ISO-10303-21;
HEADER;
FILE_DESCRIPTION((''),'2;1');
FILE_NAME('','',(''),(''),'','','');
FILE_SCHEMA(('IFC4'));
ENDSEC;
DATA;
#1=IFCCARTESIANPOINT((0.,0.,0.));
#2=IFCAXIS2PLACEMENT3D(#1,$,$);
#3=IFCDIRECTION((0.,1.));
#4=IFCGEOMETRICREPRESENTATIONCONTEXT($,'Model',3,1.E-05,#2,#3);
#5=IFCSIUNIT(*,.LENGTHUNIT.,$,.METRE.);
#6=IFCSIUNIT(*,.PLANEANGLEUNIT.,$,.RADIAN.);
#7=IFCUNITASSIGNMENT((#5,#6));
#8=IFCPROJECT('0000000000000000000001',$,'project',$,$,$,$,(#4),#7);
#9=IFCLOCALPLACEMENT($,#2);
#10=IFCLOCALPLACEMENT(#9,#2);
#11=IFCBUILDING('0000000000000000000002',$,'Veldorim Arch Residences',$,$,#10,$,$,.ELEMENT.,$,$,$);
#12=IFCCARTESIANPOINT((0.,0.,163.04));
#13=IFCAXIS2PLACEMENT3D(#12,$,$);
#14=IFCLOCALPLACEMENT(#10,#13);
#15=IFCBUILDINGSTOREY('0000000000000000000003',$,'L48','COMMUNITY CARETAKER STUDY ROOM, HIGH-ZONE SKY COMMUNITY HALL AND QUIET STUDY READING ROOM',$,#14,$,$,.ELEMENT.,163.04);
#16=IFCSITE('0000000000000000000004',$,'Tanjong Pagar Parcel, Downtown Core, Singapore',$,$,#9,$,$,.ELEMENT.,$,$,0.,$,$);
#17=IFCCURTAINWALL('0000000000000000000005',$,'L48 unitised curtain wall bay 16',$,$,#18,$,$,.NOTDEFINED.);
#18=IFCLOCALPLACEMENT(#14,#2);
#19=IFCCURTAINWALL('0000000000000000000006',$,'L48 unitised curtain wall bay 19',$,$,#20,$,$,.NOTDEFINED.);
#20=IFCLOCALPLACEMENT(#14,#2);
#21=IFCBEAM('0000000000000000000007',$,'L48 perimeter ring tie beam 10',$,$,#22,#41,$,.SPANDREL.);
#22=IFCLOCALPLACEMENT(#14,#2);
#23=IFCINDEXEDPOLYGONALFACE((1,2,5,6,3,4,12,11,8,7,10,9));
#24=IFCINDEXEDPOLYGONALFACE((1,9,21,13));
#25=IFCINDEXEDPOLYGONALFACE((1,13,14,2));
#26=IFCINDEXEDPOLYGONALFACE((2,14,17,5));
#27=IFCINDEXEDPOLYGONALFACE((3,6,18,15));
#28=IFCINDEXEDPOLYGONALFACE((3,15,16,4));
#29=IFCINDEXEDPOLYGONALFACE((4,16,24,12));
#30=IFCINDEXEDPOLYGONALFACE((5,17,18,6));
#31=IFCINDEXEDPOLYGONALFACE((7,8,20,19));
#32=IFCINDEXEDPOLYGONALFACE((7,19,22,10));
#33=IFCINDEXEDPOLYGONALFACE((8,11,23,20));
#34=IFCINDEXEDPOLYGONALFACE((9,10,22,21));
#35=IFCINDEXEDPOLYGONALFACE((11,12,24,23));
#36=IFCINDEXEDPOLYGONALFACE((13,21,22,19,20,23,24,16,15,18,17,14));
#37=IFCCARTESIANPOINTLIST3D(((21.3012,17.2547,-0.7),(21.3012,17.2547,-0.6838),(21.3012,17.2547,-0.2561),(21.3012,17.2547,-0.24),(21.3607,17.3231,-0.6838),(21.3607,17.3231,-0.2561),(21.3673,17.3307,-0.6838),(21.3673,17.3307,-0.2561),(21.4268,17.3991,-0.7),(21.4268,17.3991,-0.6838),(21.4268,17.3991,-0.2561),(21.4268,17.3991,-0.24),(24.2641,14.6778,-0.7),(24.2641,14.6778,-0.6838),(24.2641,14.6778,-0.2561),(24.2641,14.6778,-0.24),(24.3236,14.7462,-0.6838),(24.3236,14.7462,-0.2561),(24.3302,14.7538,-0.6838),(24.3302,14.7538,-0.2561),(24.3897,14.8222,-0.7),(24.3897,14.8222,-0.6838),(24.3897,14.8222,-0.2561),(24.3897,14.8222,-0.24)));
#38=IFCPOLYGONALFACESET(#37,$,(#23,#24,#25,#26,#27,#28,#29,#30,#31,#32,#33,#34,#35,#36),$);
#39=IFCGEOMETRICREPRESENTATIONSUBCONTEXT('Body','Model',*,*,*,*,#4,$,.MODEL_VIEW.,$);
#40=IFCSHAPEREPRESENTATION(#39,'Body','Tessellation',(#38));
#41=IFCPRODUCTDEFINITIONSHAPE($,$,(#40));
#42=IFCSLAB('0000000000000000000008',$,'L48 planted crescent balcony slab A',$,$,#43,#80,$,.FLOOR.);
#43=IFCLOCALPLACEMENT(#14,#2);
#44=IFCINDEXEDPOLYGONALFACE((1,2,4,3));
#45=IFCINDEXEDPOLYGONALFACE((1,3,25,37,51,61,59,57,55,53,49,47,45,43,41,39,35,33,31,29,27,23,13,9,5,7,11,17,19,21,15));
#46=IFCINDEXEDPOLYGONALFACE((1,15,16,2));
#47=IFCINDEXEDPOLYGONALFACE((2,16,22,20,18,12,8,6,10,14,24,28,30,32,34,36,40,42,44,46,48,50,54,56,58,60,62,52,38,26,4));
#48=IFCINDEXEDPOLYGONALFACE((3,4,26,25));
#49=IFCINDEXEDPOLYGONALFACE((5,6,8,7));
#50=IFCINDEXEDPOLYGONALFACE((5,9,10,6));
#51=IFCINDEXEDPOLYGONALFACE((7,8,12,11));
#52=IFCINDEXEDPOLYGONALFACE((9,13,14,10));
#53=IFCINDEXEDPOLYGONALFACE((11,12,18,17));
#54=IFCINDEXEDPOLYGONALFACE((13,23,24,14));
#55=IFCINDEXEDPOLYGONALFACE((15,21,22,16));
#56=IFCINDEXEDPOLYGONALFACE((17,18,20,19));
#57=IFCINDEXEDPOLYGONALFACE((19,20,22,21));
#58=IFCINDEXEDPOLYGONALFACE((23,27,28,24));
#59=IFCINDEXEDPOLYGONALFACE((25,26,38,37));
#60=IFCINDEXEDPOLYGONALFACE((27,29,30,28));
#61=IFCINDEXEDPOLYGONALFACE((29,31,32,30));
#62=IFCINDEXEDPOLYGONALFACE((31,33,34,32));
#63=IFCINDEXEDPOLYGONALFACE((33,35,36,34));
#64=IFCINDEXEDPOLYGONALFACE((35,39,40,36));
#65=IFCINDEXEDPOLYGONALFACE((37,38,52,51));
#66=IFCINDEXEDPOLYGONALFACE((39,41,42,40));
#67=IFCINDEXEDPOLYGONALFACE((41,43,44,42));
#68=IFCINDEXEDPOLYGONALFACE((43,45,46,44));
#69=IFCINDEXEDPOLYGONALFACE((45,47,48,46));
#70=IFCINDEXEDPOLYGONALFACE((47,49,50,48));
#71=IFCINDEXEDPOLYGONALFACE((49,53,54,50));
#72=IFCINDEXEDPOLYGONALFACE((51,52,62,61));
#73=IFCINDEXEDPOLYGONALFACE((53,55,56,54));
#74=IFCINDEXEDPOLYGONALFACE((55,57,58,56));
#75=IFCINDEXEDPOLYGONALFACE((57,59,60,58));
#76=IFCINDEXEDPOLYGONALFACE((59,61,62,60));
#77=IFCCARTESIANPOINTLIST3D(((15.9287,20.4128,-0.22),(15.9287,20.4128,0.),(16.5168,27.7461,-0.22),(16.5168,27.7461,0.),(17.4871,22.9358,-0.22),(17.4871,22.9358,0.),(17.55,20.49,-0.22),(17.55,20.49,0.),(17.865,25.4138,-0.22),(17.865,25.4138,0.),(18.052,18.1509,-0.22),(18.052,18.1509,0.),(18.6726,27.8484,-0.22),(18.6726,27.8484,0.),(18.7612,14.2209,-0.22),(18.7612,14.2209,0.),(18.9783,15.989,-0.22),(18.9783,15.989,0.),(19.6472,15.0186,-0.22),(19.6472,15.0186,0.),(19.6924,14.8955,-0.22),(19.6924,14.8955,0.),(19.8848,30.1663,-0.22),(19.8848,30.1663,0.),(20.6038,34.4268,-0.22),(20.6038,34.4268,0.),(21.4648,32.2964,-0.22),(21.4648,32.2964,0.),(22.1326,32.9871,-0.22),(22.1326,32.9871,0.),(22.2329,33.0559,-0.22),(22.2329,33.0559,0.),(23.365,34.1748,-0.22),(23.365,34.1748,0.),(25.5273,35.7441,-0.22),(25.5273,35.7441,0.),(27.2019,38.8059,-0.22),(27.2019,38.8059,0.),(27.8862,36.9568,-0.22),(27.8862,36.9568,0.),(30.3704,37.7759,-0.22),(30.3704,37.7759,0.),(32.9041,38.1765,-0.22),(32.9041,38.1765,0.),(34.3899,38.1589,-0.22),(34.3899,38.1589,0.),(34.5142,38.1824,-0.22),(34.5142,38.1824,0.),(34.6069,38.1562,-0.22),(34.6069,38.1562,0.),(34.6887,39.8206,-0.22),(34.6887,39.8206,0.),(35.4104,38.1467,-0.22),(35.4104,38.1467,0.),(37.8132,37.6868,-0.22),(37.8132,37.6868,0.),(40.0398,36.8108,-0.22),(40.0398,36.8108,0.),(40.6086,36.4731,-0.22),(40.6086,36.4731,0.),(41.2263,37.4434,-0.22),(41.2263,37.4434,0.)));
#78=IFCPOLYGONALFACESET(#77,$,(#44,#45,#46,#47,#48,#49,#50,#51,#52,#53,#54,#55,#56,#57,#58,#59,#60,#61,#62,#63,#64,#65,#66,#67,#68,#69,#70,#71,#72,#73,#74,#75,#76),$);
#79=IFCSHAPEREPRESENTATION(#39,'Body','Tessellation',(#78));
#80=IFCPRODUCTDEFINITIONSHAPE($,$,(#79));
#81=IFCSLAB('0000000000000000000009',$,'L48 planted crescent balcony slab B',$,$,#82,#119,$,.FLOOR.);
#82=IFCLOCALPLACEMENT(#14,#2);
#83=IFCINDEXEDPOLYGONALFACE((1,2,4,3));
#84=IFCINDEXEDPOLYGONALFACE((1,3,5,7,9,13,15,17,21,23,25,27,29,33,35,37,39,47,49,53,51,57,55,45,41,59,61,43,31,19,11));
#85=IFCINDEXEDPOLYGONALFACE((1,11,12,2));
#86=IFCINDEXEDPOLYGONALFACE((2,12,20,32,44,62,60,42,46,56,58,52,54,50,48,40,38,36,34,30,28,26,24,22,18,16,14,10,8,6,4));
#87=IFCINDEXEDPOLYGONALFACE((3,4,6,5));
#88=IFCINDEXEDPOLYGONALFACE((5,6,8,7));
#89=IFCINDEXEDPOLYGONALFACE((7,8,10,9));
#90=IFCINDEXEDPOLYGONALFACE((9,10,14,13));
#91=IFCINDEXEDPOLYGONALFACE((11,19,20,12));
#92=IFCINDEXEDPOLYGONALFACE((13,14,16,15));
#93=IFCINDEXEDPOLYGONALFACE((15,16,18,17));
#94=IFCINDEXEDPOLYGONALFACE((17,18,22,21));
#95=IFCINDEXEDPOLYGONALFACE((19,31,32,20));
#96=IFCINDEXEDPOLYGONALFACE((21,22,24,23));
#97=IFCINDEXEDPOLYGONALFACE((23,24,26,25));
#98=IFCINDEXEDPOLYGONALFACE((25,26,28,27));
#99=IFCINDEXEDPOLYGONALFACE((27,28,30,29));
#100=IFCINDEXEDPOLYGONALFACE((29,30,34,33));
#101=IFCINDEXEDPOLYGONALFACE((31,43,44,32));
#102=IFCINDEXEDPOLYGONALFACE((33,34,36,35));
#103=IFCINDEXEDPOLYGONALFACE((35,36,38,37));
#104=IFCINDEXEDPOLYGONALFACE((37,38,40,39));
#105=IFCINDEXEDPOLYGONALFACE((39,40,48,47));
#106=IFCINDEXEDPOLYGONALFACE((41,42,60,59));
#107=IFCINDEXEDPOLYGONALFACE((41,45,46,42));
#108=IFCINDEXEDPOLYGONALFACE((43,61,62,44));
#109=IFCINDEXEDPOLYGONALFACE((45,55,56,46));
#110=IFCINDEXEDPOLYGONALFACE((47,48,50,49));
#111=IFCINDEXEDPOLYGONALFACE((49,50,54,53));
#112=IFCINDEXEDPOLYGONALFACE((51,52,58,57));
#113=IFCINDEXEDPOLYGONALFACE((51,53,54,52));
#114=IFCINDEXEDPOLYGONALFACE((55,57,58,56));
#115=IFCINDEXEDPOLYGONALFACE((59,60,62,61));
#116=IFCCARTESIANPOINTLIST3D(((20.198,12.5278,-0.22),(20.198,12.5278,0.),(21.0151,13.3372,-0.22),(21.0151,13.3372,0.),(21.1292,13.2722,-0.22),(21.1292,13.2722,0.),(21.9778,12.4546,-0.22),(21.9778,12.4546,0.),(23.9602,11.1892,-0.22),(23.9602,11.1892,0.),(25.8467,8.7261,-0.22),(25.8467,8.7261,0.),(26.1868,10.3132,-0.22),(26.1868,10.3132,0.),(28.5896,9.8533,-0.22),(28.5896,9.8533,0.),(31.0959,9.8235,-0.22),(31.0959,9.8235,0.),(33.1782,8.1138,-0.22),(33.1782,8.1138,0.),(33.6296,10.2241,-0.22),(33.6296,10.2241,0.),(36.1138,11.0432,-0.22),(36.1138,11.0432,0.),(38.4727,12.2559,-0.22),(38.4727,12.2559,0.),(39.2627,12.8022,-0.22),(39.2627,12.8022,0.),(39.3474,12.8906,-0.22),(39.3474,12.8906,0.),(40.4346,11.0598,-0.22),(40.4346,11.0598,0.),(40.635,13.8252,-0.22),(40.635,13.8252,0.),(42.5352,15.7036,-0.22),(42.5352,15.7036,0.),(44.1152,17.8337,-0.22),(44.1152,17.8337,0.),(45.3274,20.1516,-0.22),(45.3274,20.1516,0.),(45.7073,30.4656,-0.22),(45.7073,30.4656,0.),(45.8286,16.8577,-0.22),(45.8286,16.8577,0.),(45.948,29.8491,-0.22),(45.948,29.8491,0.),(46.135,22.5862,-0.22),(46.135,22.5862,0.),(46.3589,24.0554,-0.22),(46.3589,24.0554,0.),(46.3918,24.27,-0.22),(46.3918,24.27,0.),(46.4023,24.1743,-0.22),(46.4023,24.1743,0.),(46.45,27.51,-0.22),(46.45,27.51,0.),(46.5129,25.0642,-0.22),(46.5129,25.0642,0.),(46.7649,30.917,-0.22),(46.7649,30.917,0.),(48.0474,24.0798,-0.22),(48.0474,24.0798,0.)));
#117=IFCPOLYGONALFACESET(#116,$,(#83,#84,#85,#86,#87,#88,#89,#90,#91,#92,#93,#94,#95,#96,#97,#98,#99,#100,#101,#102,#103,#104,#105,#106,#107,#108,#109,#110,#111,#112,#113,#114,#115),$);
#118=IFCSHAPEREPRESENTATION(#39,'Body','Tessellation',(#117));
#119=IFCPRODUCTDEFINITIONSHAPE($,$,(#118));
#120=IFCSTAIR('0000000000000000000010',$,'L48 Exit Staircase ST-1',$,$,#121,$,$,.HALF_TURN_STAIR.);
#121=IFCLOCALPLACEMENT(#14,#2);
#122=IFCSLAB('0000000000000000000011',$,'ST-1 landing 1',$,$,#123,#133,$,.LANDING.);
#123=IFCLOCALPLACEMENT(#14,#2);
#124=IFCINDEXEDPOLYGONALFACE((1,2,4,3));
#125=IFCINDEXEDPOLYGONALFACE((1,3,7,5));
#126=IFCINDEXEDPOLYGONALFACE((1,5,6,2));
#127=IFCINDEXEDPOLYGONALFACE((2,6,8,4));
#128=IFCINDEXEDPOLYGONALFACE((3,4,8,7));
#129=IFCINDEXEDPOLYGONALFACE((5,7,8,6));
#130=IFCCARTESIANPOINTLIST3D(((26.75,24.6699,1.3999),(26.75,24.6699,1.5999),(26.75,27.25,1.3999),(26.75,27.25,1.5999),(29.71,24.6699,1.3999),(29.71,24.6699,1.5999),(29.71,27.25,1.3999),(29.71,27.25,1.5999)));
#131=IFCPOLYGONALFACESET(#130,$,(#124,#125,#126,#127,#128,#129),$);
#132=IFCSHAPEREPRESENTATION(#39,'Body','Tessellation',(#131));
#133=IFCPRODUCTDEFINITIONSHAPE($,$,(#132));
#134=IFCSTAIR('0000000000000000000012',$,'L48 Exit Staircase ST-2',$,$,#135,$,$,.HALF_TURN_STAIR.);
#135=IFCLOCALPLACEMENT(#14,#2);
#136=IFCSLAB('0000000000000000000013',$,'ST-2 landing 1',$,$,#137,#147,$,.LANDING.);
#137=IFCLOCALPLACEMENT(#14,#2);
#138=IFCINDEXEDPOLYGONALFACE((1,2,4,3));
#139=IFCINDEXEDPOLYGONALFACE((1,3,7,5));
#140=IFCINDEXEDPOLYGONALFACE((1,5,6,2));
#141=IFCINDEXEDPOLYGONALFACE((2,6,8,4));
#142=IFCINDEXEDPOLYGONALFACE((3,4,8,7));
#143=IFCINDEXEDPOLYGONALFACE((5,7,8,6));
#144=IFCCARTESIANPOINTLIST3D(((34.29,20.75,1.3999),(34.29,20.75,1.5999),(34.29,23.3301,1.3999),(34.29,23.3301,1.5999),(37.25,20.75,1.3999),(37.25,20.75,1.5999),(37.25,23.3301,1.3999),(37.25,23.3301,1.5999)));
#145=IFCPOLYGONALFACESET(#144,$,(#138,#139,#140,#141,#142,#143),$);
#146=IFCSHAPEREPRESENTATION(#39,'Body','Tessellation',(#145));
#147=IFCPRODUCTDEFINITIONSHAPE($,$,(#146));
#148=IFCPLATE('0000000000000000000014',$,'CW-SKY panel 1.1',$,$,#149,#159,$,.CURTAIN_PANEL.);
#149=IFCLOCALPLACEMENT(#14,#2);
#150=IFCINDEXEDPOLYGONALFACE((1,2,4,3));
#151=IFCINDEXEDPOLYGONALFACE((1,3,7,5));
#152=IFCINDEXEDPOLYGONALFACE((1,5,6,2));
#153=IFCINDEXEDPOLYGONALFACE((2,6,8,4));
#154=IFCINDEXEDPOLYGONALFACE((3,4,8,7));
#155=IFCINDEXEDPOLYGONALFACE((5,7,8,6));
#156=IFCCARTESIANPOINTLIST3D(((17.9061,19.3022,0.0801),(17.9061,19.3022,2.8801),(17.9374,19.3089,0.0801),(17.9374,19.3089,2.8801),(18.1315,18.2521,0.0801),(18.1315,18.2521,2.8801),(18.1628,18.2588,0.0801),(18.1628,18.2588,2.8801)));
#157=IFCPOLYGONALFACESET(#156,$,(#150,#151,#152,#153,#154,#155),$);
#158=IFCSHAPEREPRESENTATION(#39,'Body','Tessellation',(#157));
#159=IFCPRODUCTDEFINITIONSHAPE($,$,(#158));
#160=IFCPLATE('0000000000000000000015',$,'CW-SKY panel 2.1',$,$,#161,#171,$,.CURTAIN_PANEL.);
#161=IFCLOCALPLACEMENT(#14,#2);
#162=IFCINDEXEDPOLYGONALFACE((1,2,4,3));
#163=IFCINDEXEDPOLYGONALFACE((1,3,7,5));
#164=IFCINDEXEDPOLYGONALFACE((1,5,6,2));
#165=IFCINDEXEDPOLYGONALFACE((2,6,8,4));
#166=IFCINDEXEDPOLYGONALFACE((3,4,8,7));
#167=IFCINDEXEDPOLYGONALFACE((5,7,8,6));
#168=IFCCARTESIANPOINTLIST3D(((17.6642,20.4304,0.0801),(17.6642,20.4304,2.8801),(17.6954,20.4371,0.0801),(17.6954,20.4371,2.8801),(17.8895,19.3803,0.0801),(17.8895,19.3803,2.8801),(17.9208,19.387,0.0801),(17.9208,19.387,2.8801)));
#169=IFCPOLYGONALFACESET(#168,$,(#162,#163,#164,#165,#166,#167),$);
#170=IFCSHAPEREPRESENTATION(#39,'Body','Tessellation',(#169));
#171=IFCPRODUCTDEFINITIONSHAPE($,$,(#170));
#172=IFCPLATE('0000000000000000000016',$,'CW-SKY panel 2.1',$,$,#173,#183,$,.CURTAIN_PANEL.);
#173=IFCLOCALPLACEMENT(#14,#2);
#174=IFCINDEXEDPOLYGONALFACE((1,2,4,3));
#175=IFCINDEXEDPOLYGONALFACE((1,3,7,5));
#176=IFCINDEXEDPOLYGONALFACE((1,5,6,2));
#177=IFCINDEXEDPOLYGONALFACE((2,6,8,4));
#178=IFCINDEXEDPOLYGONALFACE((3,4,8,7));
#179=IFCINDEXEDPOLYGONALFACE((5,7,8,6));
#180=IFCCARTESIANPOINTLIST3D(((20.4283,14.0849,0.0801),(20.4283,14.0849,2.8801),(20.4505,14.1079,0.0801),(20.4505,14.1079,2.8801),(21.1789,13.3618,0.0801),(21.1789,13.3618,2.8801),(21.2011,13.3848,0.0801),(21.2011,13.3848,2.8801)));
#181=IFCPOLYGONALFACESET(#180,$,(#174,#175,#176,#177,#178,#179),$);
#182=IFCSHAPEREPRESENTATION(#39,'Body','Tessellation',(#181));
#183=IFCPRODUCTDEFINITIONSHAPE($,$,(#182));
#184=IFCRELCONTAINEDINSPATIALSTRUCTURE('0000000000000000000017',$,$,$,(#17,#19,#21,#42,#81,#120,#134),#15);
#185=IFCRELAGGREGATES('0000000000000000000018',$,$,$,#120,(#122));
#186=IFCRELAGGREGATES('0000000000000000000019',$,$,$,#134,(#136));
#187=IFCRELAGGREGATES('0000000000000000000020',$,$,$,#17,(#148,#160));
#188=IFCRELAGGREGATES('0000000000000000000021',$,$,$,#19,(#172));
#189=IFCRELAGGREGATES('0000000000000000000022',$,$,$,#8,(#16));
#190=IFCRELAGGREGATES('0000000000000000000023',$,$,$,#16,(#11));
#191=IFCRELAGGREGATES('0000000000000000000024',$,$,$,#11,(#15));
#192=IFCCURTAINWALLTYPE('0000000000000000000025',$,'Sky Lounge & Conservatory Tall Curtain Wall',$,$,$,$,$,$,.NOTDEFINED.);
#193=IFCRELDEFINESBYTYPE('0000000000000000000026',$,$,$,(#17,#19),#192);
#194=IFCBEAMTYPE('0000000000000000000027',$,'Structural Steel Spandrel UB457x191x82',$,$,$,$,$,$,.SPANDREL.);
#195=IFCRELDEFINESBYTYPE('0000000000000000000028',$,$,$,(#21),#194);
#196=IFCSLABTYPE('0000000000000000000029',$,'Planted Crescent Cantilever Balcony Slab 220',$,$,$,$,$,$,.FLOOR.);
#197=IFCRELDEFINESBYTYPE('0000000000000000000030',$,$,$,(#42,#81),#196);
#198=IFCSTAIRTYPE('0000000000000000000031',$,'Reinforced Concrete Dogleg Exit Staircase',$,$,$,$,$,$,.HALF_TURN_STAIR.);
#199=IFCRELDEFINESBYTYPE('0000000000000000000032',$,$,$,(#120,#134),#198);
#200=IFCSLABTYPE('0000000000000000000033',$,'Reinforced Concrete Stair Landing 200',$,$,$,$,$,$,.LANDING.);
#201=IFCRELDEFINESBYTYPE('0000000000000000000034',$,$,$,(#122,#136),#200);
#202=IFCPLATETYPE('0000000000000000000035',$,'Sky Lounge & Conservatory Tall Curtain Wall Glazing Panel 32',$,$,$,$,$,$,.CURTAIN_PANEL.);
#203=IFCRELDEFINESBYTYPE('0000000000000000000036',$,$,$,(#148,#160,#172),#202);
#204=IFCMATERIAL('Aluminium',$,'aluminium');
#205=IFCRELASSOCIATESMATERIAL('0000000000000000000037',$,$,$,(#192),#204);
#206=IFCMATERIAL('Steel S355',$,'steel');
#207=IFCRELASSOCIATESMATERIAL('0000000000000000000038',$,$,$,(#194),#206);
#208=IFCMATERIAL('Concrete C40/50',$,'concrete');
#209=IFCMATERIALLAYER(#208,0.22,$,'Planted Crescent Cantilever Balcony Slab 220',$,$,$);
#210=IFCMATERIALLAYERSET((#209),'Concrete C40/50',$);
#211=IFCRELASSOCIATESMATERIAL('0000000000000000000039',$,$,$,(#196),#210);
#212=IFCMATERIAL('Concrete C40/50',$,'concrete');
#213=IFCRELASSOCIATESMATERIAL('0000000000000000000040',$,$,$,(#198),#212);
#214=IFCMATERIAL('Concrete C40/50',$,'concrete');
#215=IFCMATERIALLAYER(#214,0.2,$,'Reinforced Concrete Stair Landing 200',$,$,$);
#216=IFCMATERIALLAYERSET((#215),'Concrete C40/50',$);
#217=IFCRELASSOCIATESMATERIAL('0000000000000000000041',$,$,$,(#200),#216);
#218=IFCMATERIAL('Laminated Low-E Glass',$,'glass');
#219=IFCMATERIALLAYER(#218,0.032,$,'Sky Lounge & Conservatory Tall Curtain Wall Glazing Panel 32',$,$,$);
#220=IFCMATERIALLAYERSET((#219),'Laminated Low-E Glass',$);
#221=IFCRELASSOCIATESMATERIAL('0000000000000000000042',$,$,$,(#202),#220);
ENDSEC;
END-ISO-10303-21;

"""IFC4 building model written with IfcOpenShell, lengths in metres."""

from ifc_helpers import new_model, si_unit, direction, frame, origin, origin_2d, place, context, subcontext, project, spatial, polyline, rectangle, i_section, outline, extrude, material, layer, layer_set, material_profile, profile_set, type_object, element, aggregate, save


model = new_model("IFC4")

# Units and contexts
model_context = context("Model", 3, precision=1e-05, world=origin(), true_north=direction((0.0, 1.0)))
body_context = subcontext(model_context, "Body", "Model", "MODEL_VIEW")
ifc_project = project(units=[si_unit("LENGTHUNIT", "METRE"), si_unit("PLANEANGLEUNIT", "RADIAN")], contexts=[model_context])

# Site, building, storey
site_placement = place(None, origin())
site = spatial("IfcSite", under=ifc_project, at=site_placement, Name="Tanjong Pagar Parcel, Downtown Core, Singapore", CompositionType="ELEMENT", RefElevation=0.0)
building_placement = place(site_placement, origin())
building = spatial("IfcBuilding", under=site, at=building_placement, Name="Veldorim Arch Residences", CompositionType="ELEMENT")
storey_placement = place(building_placement, frame((0.0, 0.0, 163.04)))
storey = spatial("IfcBuildingStorey", under=building, at=storey_placement, Name="L48", Description="COMMUNITY CARETAKER STUDY ROOM, HIGH-ZONE SKY COMMUNITY HALL AND QUIET STUDY READING ROOM", CompositionType="ELEMENT", Elevation=163.04)

# Curtain walls
ifc_material_1 = material(Name="Aluminium", Category="aluminium")
curtain_wall_type = type_object("IfcCurtainWallType", Name="Sky Lounge & Conservatory Tall Curtain Wall", PredefinedType="NOTDEFINED", material=ifc_material_1)
curtain_wall_1_placement = place(storey_placement, origin())
curtain_wall_1 = element("IfcCurtainWall", 1, at=curtain_wall_1_placement, inside=storey, type_object=curtain_wall_type, Name="L48 unitised curtain wall bay 16", PredefinedType="NOTDEFINED")
curtain_wall_2_placement = place(storey_placement, origin())
curtain_wall_2 = element("IfcCurtainWall", 2, at=curtain_wall_2_placement, inside=storey, type_object=curtain_wall_type, Name="L48 unitised curtain wall bay 19", PredefinedType="NOTDEFINED")

# Beam
ifc_material_2 = material(Name="Steel S355", Category="steel")
ifc_material_profile_1 = material_profile(ifc_material_2, i_section(OverallWidth=0.1914, OverallDepth=0.46, WebThickness=0.01, FlangeThickness=0.0161, at=origin_2d()), Name="UB457x191x82")
ifc_profile_set_1 = profile_set([ifc_material_profile_1], Name="Steel S355")
beam_type = type_object("IfcBeamType", Name="Structural Steel Spandrel UB457x191x82", PredefinedType="SPANDREL", material=ifc_profile_set_1)
beam_placement = place(storey_placement, frame((21.364, 17.3269, -0.47), z_axis=(0.754545, -0.656248, 0.0), x_axis=(0.656248, 0.754545, 0.0)))
element("IfcBeam", 3, at=beam_placement, inside=storey, type_object=beam_type, Name="L48 perimeter ring tie beam 10", PredefinedType="SPANDREL", context=body_context, shape_type="SweptSolid", body=[
    extrude(i_section(OverallWidth=0.1914, OverallDepth=0.46, WebThickness=0.01, FlangeThickness=0.0161, at=origin_2d()), origin(), (0.0, 0.0, 1.0), 3.9268),
])

# Slabs
ifc_material_3 = material(Name="Concrete C40/50", Category="concrete")
ifc_layer_1 = layer(ifc_material_3, 0.22, Name="Planted Crescent Cantilever Balcony Slab 220")
ifc_layer_set_1 = layer_set([ifc_layer_1], Name="Concrete C40/50")
slab_type_1 = type_object("IfcSlabType", Name="Planted Crescent Cantilever Balcony Slab 220", PredefinedType="FLOOR", material=ifc_layer_set_1)
slab_1_placement = place(storey_placement, frame((0.0, 0.0, -0.22)))
element("IfcSlab", 4, at=slab_1_placement, inside=storey, type_object=slab_type_1, Name="L48 planted crescent balcony slab A", PredefinedType="FLOOR", context=body_context, shape_type="SweptSolid", body=[
    extrude(outline(polyline([(40.6086, 36.4731), (40.0398, 36.8108), (37.8132, 37.6868), (35.4104, 38.1467), (34.6069, 38.1562), (34.5142, 38.1824), (34.3899, 38.1589), (32.9041, 38.1765), (30.3704, 37.7759), (27.8862, 36.9568), (25.5273, 35.7441), (23.365, 34.1748), (22.2329, 33.0559), (22.1326, 32.9871), (21.4648, 32.2964), (19.8848, 30.1663), (18.6726, 27.8484), (17.865, 25.4138), (17.4871, 22.9358), (17.55, 20.49), (18.052, 18.1509), (18.9783, 15.989), (19.6472, 15.0186), (19.6924, 14.8955), (18.7612, 14.2209), (15.9287, 20.4128), (16.5168, 27.7461), (20.6038, 34.4268), (27.2019, 38.8059), (34.6887, 39.8206), (41.2263, 37.4434), (40.6086, 36.4731)])), origin(), (0.0, 0.0, 1.0), 0.22),
])
slab_2_placement = place(storey_placement, frame((0.0, 0.0, -0.22)))
element("IfcSlab", 5, at=slab_2_placement, inside=storey, type_object=slab_type_1, Name="L48 planted crescent balcony slab B", PredefinedType="FLOOR", context=body_context, shape_type="SweptSolid", body=[
    extrude(outline(polyline([(21.1292, 13.2722), (21.9778, 12.4546), (23.9602, 11.1892), (26.1868, 10.3132), (28.5896, 9.8533), (31.0959, 9.8235), (33.6296, 10.2241), (36.1138, 11.0432), (38.4727, 12.2559), (39.2627, 12.8022), (39.3474, 12.8906), (40.635, 13.8252), (42.5352, 15.7036), (44.1152, 17.8337), (45.3274, 20.1516), (46.135, 22.5862), (46.3589, 24.0554), (46.4023, 24.1743), (46.3918, 24.27), (46.5129, 25.0642), (46.45, 27.51), (45.948, 29.8491), (45.7073, 30.4656), (46.7649, 30.917), (48.0474, 24.0798), (45.8286, 16.8577), (40.4346, 11.0598), (33.1782, 8.1138), (25.8467, 8.7261), (20.198, 12.5278), (21.0151, 13.3372), (21.1292, 13.2722)])), origin(), (0.0, 0.0, 1.0), 0.22),
])

# Stairs, slabs
ifc_material_4 = material(Name="Concrete C40/50", Category="concrete")
stair_type = type_object("IfcStairType", Name="Reinforced Concrete Dogleg Exit Staircase", PredefinedType="HALF_TURN_STAIR", material=ifc_material_4)
stair_1_placement = place(storey_placement, origin())
stair_1 = element("IfcStair", 6, at=stair_1_placement, inside=storey, type_object=stair_type, Name="L48 Exit Staircase ST-1", PredefinedType="HALF_TURN_STAIR")
ifc_material_5 = material(Name="Concrete C40/50", Category="concrete")
ifc_layer_2 = layer(ifc_material_5, 0.2, Name="Reinforced Concrete Stair Landing 200")
ifc_layer_set_2 = layer_set([ifc_layer_2], Name="Concrete C40/50")
slab_type_2 = type_object("IfcSlabType", Name="Reinforced Concrete Stair Landing 200", PredefinedType="LANDING", material=ifc_layer_set_2)
slab_3_placement = place(storey_placement, frame((0.0, 0.0, 1.3999)))
slab_3 = element("IfcSlab", 7, at=slab_3_placement, type_object=slab_type_2, Name="ST-1 landing 1", PredefinedType="LANDING", context=body_context, shape_type="SweptSolid", body=[
    extrude(outline(polyline([(29.71, 24.6699), (29.71, 27.25), (26.75, 27.25), (26.75, 24.6699), (29.71, 24.6699)])), origin(), (0.0, 0.0, 1.0), 0.2),
])
aggregate(stair_1, [slab_3])
stair_2_placement = place(storey_placement, origin())
stair_2 = element("IfcStair", 8, at=stair_2_placement, inside=storey, type_object=stair_type, Name="L48 Exit Staircase ST-2", PredefinedType="HALF_TURN_STAIR")
slab_4_placement = place(storey_placement, frame((0.0, 0.0, 1.3999)))
slab_4 = element("IfcSlab", 9, at=slab_4_placement, type_object=slab_type_2, Name="ST-2 landing 1", PredefinedType="LANDING", context=body_context, shape_type="SweptSolid", body=[
    extrude(outline(polyline([(34.29, 23.3301), (34.29, 20.75), (37.25, 20.75), (37.25, 23.3301), (34.29, 23.3301)])), origin(), (0.0, 0.0, 1.0), 0.2),
])
aggregate(stair_2, [slab_4])

# Plates
ifc_material_6 = material(Name="Laminated Low-E Glass", Category="glass")
ifc_layer_3 = layer(ifc_material_6, 0.032, Name="Sky Lounge & Conservatory Tall Curtain Wall Glazing Panel 32")
ifc_layer_set_3 = layer_set([ifc_layer_3], Name="Laminated Low-E Glass")
plate_type = type_object("IfcPlateType", Name="Sky Lounge & Conservatory Tall Curtain Wall Glazing Panel 32", PredefinedType="CURTAIN_PANEL", material=ifc_layer_set_3)
plate_1_placement = place(storey_placement, frame((18.0344, 18.7805, 0.0801), z_axis=(0.0, 0.0, 1.0), x_axis=(-0.209861, 0.977731, 0.0)))
plate_1 = element("IfcPlate", 10, at=plate_1_placement, type_object=plate_type, Name="CW-SKY panel 1.1", PredefinedType="CURTAIN_PANEL", context=body_context, shape_type="SweptSolid", body=[
    extrude(rectangle(XDim=1.074, YDim=0.032, at=origin_2d()), origin(), (0.0, 0.0, 1.0), 2.8),
])
plate_2_placement = place(storey_placement, frame((17.7925, 19.9087, 0.0801), z_axis=(0.0, 0.0, 1.0), x_axis=(-0.209861, 0.977731, 0.0)))
plate_2 = element("IfcPlate", 11, at=plate_2_placement, type_object=plate_type, Name="CW-SKY panel 2.1", PredefinedType="CURTAIN_PANEL", context=body_context, shape_type="SweptSolid", body=[
    extrude(rectangle(XDim=1.074, YDim=0.032, at=origin_2d()), origin(), (0.0, 0.0, 1.0), 2.8),
])
aggregate(curtain_wall_1, [plate_1, plate_2])
plate_3_placement = place(storey_placement, frame((20.8147, 13.7349, 0.0801), z_axis=(0.0, 0.0, 1.0), x_axis=(-0.720147, 0.693821, 0.0)))
plate_3 = element("IfcPlate", 12, at=plate_3_placement, type_object=plate_type, Name="CW-SKY panel 2.1", PredefinedType="CURTAIN_PANEL", context=body_context, shape_type="SweptSolid", body=[
    extrude(rectangle(XDim=1.0422, YDim=0.032, at=origin_2d()), origin(), (0.0, 0.0, 1.0), 2.8),
])
aggregate(curtain_wall_2, [plate_3])

save(model, "model.ifc")
